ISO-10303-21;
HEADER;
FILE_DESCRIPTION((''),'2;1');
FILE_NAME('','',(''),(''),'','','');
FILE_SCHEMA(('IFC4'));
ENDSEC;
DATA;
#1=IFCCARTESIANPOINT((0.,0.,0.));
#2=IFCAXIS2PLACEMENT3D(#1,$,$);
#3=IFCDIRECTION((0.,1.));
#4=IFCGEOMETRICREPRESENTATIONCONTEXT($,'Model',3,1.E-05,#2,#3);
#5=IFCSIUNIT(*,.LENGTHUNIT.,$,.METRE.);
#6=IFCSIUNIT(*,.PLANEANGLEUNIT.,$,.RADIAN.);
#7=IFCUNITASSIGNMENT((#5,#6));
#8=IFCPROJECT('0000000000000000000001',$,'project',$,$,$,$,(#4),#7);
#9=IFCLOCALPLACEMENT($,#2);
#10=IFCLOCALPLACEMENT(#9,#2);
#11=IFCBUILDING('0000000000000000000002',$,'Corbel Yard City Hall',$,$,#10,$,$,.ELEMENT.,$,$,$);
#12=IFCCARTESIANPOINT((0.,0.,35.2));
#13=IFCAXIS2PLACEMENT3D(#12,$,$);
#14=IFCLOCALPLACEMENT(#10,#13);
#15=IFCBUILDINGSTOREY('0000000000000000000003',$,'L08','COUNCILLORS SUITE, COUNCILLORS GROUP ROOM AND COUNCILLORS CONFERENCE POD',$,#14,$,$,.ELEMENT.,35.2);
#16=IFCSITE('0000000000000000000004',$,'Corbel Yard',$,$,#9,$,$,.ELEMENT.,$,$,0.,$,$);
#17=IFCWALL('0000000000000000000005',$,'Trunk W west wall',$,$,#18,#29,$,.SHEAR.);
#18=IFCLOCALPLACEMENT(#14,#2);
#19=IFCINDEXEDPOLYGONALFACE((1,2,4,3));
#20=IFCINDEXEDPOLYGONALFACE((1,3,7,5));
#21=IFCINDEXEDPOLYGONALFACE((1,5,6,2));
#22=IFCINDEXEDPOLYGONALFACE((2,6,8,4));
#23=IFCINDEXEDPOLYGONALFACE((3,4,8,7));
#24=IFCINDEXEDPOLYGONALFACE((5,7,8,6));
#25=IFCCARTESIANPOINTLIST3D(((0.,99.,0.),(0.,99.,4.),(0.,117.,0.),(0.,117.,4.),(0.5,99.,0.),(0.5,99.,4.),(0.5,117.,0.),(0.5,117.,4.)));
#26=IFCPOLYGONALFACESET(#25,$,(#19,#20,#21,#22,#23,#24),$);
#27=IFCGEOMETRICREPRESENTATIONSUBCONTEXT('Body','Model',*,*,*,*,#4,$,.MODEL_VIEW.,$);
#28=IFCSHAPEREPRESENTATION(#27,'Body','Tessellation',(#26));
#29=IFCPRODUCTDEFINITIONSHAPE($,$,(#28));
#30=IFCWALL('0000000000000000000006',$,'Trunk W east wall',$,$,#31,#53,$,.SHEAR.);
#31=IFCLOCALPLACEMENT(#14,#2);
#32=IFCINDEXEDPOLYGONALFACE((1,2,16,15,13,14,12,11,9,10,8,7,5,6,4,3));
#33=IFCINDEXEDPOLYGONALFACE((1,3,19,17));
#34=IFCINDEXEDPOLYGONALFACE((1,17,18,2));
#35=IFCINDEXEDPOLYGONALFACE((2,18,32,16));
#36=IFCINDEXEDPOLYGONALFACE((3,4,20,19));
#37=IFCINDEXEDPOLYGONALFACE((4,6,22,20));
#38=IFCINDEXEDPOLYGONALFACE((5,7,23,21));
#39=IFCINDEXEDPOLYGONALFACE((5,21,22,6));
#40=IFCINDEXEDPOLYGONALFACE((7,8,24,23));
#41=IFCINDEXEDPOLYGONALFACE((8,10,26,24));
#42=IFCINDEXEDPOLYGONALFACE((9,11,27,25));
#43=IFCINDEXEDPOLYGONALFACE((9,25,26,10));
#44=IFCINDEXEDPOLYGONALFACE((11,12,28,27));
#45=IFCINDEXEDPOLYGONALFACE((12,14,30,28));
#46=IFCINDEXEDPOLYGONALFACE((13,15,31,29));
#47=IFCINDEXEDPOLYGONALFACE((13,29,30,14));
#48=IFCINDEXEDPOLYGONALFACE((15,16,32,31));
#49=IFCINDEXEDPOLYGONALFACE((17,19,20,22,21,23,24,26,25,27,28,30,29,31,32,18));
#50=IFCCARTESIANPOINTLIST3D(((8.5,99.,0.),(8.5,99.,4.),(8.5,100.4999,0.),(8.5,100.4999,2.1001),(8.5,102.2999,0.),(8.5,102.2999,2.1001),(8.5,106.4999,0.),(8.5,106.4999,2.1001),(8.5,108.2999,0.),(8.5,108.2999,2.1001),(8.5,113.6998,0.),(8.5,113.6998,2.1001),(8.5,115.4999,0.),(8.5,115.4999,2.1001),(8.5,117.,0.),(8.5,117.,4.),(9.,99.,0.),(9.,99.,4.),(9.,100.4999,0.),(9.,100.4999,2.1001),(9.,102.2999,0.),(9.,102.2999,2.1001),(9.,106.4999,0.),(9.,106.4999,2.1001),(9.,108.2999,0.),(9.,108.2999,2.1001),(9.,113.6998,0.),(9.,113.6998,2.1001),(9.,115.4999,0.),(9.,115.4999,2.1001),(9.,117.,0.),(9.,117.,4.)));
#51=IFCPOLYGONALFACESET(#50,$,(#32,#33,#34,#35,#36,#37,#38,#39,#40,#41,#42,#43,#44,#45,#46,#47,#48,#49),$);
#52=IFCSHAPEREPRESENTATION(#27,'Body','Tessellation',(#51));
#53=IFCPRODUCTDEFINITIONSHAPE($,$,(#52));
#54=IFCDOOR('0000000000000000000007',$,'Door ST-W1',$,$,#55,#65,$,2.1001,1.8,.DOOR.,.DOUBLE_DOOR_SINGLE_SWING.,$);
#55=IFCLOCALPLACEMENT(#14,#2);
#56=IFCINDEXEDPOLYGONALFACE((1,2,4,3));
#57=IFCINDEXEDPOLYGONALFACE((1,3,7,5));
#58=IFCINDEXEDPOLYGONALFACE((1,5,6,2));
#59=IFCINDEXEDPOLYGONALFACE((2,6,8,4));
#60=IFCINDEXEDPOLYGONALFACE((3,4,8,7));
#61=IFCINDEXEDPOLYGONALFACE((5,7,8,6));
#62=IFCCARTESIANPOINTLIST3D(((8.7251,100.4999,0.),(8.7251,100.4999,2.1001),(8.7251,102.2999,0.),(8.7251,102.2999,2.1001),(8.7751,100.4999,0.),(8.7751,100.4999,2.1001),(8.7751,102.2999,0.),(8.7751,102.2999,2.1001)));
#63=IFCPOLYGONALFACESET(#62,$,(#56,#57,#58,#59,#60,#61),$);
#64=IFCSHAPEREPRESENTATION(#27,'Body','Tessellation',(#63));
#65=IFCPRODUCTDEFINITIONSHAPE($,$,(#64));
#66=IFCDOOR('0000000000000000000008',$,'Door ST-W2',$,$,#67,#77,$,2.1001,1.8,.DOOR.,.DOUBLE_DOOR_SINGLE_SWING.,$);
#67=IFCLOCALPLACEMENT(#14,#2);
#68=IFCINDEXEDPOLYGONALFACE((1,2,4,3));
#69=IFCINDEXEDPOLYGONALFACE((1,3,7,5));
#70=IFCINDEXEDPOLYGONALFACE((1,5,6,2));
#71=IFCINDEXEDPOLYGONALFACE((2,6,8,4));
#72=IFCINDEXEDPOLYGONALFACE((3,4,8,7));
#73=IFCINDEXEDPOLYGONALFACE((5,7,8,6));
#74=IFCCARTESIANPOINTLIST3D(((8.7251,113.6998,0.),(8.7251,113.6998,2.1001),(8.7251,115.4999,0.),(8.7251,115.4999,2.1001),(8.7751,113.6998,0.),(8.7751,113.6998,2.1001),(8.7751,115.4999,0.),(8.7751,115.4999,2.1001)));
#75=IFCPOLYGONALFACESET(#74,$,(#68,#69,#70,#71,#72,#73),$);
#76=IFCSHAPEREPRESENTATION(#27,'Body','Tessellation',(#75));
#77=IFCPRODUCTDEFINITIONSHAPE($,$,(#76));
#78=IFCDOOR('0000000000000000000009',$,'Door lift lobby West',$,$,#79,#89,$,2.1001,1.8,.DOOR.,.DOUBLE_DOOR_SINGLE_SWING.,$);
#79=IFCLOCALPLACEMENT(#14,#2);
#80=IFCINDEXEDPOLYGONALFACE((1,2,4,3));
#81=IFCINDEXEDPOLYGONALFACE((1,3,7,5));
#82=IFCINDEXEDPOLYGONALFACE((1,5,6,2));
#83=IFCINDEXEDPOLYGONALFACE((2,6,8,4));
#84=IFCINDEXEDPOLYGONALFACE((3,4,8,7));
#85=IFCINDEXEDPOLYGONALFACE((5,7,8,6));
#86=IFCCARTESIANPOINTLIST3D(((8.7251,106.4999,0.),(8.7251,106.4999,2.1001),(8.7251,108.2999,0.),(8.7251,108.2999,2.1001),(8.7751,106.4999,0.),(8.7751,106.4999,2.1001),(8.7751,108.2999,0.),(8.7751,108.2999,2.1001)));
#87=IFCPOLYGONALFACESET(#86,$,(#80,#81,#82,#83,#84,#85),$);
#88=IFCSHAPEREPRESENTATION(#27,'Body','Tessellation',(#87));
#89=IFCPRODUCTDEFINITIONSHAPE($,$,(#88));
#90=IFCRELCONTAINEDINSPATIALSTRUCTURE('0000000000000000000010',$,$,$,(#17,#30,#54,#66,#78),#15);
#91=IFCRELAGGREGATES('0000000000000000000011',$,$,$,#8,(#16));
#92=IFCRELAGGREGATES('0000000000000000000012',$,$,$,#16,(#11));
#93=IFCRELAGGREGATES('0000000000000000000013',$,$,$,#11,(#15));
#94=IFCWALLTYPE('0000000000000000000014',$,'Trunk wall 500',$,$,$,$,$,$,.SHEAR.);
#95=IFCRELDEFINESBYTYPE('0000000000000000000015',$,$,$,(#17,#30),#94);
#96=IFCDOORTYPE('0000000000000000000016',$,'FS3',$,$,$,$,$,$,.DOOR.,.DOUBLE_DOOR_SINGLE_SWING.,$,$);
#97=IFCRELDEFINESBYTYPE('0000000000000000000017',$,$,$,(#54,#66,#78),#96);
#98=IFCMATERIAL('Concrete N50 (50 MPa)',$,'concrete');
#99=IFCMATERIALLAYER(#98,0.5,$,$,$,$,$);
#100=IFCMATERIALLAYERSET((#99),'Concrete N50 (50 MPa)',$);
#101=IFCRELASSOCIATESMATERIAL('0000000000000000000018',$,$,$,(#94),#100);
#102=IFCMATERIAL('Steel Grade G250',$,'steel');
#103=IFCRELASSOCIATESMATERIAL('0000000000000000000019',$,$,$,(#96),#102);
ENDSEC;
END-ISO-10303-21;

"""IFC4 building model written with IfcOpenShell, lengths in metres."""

from ifc_helpers import new_model, si_unit, direction, frame, frame_2d, origin, place, context, subcontext, project, spatial, rectangle, extrude, material, layer, layer_set, type_object, element, fill, save


model = new_model("IFC4")

# Units and contexts
model_context = context("Model", 3, precision=1e-05, world=origin(), true_north=direction((0.0, 1.0)))
body_context = subcontext(model_context, "Body", "Model", "MODEL_VIEW")
ifc_project = project(units=[si_unit("LENGTHUNIT", "METRE"), si_unit("PLANEANGLEUNIT", "RADIAN")], contexts=[model_context])

# Site, building, storey
site_placement = place(None, origin())
site = spatial("IfcSite", under=ifc_project, at=site_placement, Name="Corbel Yard", CompositionType="ELEMENT", RefElevation=0.0)
building_placement = place(site_placement, origin())
building = spatial("IfcBuilding", under=site, at=building_placement, Name="Corbel Yard City Hall", CompositionType="ELEMENT")
storey_placement = place(building_placement, frame((0.0, 0.0, 35.2)))
storey = spatial("IfcBuildingStorey", under=building, at=storey_placement, Name="L08", Description="COUNCILLORS SUITE, COUNCILLORS GROUP ROOM AND COUNCILLORS CONFERENCE POD", CompositionType="ELEMENT", Elevation=35.2)

# Wall
ifc_material_1 = material(Name="Concrete N50 (50 MPa)", Category="concrete")
ifc_layer_1 = layer(ifc_material_1, 0.5)
ifc_layer_set_1 = layer_set([ifc_layer_1], Name="Concrete N50 (50 MPa)")
wall_type_1 = type_object("IfcWallType", Name="Trunk wall 500", PredefinedType="SHEAR", material=ifc_layer_set_1)
wall_1_placement = place(storey_placement, frame((0.25, 99.0, 0.0), z_axis=(0.0, 0.0, 1.0), x_axis=(0.0, 1.0, 0.0)))
element("IfcWall", 1, at=wall_1_placement, inside=storey, type_object=wall_type_1, Name="Trunk W west wall", PredefinedType="SHEAR", context=body_context, shape_type="SweptSolid", body=[
    extrude(rectangle(XDim=18.0, YDim=0.5, at=frame_2d((9.0, 0.0))), origin(), (0.0, 0.0, 1.0), 4.0),
])

# Wall, openings, doors
wall_2_placement = place(storey_placement, frame((8.75, 99.0, 0.0), z_axis=(0.0, 0.0, 1.0), x_axis=(0.0, 1.0, 0.0)))
wall_2 = element("IfcWall", 2, at=wall_2_placement, inside=storey, type_object=wall_type_1, Name="Trunk W east wall", PredefinedType="SHEAR", context=body_context, shape_type="SweptSolid", body=[
    extrude(rectangle(XDim=18.0, YDim=0.5, at=frame_2d((9.0, 0.0))), origin(), (0.0, 0.0, 1.0), 4.0),
])
opening_1_placement = place(wall_2_placement, frame((1.5, 0.0, 0.0)))
opening_1 = element("IfcOpeningElement", 3, at=opening_1_placement, cuts=wall_2, PredefinedType="OPENING", context=body_context, shape_type="SweptSolid", body=[
    extrude(rectangle(XDim=1.8, YDim=2.1001, at=frame_2d((0.8999, 1.05))), frame((0.0, 0.26, 0.0), z_axis=(0.0, -1.0, 0.0), x_axis=(1.0, 0.0, 0.0)), (0.0, 0.0, 1.0), 0.52),
])
opening_2_placement = place(wall_2_placement, frame((14.7, 0.0, 0.0)))
opening_2 = element("IfcOpeningElement", 4, at=opening_2_placement, cuts=wall_2, PredefinedType="OPENING", context=body_context, shape_type="SweptSolid", body=[
    extrude(rectangle(XDim=1.8, YDim=2.1001, at=frame_2d((0.8999, 1.05))), frame((0.0, 0.26, 0.0), z_axis=(0.0, -1.0, 0.0), x_axis=(1.0, 0.0, 0.0)), (0.0, 0.0, 1.0), 0.52),
])
opening_3_placement = place(wall_2_placement, frame((7.5, 0.0, 0.0)))
opening_3 = element("IfcOpeningElement", 5, at=opening_3_placement, cuts=wall_2, PredefinedType="OPENING", context=body_context, shape_type="SweptSolid", body=[
    extrude(rectangle(XDim=1.8, YDim=2.1001, at=frame_2d((0.8999, 1.05))), frame((0.0, 0.26, 0.0), z_axis=(0.0, -1.0, 0.0), x_axis=(1.0, 0.0, 0.0)), (0.0, 0.0, 1.0), 0.52),
])
ifc_material_2 = material(Name="Steel Grade G250", Category="steel")
door_type_1 = type_object("IfcDoorType", Name="FS3", OperationType="DOUBLE_DOOR_SINGLE_SWING", PredefinedType="DOOR", material=ifc_material_2)
door_1_placement = place(opening_1_placement, origin())
door_1 = element("IfcDoor", 6, at=door_1_placement, inside=storey, type_object=door_type_1, Name="Door ST-W1", OperationType="DOUBLE_DOOR_SINGLE_SWING", OverallHeight=2.1001, OverallWidth=1.8, PredefinedType="DOOR", context=body_context, shape_type="SweptSolid", body=[
    extrude(rectangle(XDim=1.8, YDim=2.1001, at=frame_2d((0.8999, 1.05))), frame((0.0, 0.0249, 0.0), z_axis=(0.0, -1.0, 0.0), x_axis=(1.0, 0.0, 0.0)), (0.0, 0.0, 1.0), 0.05),
])
fill(opening_1, door_1)
door_2_placement = place(opening_2_placement, origin())
door_2 = element("IfcDoor", 7, at=door_2_placement, inside=storey, type_object=door_type_1, Name="Door ST-W2", OperationType="DOUBLE_DOOR_SINGLE_SWING", OverallHeight=2.1001, OverallWidth=1.8, PredefinedType="DOOR", context=body_context, shape_type="SweptSolid", body=[
    extrude(rectangle(XDim=1.8, YDim=2.1001, at=frame_2d((0.8999, 1.05))), frame((0.0, 0.0249, 0.0), z_axis=(0.0, -1.0, 0.0), x_axis=(1.0, 0.0, 0.0)), (0.0, 0.0, 1.0), 0.05),
])
fill(opening_2, door_2)
door_3_placement = place(opening_3_placement, origin())
door_3 = element("IfcDoor", 8, at=door_3_placement, inside=storey, type_object=door_type_1, Name="Door lift lobby West", OperationType="DOUBLE_DOOR_SINGLE_SWING", OverallHeight=2.1001, OverallWidth=1.8, PredefinedType="DOOR", context=body_context, shape_type="SweptSolid", body=[
    extrude(rectangle(XDim=1.8, YDim=2.1001, at=frame_2d((0.8999, 1.05))), frame((0.0, 0.0249, 0.0), z_axis=(0.0, -1.0, 0.0), x_axis=(1.0, 0.0, 0.0)), (0.0, 0.0, 1.0), 0.05),
])
fill(opening_3, door_3)

save(model, "model.ifc")
